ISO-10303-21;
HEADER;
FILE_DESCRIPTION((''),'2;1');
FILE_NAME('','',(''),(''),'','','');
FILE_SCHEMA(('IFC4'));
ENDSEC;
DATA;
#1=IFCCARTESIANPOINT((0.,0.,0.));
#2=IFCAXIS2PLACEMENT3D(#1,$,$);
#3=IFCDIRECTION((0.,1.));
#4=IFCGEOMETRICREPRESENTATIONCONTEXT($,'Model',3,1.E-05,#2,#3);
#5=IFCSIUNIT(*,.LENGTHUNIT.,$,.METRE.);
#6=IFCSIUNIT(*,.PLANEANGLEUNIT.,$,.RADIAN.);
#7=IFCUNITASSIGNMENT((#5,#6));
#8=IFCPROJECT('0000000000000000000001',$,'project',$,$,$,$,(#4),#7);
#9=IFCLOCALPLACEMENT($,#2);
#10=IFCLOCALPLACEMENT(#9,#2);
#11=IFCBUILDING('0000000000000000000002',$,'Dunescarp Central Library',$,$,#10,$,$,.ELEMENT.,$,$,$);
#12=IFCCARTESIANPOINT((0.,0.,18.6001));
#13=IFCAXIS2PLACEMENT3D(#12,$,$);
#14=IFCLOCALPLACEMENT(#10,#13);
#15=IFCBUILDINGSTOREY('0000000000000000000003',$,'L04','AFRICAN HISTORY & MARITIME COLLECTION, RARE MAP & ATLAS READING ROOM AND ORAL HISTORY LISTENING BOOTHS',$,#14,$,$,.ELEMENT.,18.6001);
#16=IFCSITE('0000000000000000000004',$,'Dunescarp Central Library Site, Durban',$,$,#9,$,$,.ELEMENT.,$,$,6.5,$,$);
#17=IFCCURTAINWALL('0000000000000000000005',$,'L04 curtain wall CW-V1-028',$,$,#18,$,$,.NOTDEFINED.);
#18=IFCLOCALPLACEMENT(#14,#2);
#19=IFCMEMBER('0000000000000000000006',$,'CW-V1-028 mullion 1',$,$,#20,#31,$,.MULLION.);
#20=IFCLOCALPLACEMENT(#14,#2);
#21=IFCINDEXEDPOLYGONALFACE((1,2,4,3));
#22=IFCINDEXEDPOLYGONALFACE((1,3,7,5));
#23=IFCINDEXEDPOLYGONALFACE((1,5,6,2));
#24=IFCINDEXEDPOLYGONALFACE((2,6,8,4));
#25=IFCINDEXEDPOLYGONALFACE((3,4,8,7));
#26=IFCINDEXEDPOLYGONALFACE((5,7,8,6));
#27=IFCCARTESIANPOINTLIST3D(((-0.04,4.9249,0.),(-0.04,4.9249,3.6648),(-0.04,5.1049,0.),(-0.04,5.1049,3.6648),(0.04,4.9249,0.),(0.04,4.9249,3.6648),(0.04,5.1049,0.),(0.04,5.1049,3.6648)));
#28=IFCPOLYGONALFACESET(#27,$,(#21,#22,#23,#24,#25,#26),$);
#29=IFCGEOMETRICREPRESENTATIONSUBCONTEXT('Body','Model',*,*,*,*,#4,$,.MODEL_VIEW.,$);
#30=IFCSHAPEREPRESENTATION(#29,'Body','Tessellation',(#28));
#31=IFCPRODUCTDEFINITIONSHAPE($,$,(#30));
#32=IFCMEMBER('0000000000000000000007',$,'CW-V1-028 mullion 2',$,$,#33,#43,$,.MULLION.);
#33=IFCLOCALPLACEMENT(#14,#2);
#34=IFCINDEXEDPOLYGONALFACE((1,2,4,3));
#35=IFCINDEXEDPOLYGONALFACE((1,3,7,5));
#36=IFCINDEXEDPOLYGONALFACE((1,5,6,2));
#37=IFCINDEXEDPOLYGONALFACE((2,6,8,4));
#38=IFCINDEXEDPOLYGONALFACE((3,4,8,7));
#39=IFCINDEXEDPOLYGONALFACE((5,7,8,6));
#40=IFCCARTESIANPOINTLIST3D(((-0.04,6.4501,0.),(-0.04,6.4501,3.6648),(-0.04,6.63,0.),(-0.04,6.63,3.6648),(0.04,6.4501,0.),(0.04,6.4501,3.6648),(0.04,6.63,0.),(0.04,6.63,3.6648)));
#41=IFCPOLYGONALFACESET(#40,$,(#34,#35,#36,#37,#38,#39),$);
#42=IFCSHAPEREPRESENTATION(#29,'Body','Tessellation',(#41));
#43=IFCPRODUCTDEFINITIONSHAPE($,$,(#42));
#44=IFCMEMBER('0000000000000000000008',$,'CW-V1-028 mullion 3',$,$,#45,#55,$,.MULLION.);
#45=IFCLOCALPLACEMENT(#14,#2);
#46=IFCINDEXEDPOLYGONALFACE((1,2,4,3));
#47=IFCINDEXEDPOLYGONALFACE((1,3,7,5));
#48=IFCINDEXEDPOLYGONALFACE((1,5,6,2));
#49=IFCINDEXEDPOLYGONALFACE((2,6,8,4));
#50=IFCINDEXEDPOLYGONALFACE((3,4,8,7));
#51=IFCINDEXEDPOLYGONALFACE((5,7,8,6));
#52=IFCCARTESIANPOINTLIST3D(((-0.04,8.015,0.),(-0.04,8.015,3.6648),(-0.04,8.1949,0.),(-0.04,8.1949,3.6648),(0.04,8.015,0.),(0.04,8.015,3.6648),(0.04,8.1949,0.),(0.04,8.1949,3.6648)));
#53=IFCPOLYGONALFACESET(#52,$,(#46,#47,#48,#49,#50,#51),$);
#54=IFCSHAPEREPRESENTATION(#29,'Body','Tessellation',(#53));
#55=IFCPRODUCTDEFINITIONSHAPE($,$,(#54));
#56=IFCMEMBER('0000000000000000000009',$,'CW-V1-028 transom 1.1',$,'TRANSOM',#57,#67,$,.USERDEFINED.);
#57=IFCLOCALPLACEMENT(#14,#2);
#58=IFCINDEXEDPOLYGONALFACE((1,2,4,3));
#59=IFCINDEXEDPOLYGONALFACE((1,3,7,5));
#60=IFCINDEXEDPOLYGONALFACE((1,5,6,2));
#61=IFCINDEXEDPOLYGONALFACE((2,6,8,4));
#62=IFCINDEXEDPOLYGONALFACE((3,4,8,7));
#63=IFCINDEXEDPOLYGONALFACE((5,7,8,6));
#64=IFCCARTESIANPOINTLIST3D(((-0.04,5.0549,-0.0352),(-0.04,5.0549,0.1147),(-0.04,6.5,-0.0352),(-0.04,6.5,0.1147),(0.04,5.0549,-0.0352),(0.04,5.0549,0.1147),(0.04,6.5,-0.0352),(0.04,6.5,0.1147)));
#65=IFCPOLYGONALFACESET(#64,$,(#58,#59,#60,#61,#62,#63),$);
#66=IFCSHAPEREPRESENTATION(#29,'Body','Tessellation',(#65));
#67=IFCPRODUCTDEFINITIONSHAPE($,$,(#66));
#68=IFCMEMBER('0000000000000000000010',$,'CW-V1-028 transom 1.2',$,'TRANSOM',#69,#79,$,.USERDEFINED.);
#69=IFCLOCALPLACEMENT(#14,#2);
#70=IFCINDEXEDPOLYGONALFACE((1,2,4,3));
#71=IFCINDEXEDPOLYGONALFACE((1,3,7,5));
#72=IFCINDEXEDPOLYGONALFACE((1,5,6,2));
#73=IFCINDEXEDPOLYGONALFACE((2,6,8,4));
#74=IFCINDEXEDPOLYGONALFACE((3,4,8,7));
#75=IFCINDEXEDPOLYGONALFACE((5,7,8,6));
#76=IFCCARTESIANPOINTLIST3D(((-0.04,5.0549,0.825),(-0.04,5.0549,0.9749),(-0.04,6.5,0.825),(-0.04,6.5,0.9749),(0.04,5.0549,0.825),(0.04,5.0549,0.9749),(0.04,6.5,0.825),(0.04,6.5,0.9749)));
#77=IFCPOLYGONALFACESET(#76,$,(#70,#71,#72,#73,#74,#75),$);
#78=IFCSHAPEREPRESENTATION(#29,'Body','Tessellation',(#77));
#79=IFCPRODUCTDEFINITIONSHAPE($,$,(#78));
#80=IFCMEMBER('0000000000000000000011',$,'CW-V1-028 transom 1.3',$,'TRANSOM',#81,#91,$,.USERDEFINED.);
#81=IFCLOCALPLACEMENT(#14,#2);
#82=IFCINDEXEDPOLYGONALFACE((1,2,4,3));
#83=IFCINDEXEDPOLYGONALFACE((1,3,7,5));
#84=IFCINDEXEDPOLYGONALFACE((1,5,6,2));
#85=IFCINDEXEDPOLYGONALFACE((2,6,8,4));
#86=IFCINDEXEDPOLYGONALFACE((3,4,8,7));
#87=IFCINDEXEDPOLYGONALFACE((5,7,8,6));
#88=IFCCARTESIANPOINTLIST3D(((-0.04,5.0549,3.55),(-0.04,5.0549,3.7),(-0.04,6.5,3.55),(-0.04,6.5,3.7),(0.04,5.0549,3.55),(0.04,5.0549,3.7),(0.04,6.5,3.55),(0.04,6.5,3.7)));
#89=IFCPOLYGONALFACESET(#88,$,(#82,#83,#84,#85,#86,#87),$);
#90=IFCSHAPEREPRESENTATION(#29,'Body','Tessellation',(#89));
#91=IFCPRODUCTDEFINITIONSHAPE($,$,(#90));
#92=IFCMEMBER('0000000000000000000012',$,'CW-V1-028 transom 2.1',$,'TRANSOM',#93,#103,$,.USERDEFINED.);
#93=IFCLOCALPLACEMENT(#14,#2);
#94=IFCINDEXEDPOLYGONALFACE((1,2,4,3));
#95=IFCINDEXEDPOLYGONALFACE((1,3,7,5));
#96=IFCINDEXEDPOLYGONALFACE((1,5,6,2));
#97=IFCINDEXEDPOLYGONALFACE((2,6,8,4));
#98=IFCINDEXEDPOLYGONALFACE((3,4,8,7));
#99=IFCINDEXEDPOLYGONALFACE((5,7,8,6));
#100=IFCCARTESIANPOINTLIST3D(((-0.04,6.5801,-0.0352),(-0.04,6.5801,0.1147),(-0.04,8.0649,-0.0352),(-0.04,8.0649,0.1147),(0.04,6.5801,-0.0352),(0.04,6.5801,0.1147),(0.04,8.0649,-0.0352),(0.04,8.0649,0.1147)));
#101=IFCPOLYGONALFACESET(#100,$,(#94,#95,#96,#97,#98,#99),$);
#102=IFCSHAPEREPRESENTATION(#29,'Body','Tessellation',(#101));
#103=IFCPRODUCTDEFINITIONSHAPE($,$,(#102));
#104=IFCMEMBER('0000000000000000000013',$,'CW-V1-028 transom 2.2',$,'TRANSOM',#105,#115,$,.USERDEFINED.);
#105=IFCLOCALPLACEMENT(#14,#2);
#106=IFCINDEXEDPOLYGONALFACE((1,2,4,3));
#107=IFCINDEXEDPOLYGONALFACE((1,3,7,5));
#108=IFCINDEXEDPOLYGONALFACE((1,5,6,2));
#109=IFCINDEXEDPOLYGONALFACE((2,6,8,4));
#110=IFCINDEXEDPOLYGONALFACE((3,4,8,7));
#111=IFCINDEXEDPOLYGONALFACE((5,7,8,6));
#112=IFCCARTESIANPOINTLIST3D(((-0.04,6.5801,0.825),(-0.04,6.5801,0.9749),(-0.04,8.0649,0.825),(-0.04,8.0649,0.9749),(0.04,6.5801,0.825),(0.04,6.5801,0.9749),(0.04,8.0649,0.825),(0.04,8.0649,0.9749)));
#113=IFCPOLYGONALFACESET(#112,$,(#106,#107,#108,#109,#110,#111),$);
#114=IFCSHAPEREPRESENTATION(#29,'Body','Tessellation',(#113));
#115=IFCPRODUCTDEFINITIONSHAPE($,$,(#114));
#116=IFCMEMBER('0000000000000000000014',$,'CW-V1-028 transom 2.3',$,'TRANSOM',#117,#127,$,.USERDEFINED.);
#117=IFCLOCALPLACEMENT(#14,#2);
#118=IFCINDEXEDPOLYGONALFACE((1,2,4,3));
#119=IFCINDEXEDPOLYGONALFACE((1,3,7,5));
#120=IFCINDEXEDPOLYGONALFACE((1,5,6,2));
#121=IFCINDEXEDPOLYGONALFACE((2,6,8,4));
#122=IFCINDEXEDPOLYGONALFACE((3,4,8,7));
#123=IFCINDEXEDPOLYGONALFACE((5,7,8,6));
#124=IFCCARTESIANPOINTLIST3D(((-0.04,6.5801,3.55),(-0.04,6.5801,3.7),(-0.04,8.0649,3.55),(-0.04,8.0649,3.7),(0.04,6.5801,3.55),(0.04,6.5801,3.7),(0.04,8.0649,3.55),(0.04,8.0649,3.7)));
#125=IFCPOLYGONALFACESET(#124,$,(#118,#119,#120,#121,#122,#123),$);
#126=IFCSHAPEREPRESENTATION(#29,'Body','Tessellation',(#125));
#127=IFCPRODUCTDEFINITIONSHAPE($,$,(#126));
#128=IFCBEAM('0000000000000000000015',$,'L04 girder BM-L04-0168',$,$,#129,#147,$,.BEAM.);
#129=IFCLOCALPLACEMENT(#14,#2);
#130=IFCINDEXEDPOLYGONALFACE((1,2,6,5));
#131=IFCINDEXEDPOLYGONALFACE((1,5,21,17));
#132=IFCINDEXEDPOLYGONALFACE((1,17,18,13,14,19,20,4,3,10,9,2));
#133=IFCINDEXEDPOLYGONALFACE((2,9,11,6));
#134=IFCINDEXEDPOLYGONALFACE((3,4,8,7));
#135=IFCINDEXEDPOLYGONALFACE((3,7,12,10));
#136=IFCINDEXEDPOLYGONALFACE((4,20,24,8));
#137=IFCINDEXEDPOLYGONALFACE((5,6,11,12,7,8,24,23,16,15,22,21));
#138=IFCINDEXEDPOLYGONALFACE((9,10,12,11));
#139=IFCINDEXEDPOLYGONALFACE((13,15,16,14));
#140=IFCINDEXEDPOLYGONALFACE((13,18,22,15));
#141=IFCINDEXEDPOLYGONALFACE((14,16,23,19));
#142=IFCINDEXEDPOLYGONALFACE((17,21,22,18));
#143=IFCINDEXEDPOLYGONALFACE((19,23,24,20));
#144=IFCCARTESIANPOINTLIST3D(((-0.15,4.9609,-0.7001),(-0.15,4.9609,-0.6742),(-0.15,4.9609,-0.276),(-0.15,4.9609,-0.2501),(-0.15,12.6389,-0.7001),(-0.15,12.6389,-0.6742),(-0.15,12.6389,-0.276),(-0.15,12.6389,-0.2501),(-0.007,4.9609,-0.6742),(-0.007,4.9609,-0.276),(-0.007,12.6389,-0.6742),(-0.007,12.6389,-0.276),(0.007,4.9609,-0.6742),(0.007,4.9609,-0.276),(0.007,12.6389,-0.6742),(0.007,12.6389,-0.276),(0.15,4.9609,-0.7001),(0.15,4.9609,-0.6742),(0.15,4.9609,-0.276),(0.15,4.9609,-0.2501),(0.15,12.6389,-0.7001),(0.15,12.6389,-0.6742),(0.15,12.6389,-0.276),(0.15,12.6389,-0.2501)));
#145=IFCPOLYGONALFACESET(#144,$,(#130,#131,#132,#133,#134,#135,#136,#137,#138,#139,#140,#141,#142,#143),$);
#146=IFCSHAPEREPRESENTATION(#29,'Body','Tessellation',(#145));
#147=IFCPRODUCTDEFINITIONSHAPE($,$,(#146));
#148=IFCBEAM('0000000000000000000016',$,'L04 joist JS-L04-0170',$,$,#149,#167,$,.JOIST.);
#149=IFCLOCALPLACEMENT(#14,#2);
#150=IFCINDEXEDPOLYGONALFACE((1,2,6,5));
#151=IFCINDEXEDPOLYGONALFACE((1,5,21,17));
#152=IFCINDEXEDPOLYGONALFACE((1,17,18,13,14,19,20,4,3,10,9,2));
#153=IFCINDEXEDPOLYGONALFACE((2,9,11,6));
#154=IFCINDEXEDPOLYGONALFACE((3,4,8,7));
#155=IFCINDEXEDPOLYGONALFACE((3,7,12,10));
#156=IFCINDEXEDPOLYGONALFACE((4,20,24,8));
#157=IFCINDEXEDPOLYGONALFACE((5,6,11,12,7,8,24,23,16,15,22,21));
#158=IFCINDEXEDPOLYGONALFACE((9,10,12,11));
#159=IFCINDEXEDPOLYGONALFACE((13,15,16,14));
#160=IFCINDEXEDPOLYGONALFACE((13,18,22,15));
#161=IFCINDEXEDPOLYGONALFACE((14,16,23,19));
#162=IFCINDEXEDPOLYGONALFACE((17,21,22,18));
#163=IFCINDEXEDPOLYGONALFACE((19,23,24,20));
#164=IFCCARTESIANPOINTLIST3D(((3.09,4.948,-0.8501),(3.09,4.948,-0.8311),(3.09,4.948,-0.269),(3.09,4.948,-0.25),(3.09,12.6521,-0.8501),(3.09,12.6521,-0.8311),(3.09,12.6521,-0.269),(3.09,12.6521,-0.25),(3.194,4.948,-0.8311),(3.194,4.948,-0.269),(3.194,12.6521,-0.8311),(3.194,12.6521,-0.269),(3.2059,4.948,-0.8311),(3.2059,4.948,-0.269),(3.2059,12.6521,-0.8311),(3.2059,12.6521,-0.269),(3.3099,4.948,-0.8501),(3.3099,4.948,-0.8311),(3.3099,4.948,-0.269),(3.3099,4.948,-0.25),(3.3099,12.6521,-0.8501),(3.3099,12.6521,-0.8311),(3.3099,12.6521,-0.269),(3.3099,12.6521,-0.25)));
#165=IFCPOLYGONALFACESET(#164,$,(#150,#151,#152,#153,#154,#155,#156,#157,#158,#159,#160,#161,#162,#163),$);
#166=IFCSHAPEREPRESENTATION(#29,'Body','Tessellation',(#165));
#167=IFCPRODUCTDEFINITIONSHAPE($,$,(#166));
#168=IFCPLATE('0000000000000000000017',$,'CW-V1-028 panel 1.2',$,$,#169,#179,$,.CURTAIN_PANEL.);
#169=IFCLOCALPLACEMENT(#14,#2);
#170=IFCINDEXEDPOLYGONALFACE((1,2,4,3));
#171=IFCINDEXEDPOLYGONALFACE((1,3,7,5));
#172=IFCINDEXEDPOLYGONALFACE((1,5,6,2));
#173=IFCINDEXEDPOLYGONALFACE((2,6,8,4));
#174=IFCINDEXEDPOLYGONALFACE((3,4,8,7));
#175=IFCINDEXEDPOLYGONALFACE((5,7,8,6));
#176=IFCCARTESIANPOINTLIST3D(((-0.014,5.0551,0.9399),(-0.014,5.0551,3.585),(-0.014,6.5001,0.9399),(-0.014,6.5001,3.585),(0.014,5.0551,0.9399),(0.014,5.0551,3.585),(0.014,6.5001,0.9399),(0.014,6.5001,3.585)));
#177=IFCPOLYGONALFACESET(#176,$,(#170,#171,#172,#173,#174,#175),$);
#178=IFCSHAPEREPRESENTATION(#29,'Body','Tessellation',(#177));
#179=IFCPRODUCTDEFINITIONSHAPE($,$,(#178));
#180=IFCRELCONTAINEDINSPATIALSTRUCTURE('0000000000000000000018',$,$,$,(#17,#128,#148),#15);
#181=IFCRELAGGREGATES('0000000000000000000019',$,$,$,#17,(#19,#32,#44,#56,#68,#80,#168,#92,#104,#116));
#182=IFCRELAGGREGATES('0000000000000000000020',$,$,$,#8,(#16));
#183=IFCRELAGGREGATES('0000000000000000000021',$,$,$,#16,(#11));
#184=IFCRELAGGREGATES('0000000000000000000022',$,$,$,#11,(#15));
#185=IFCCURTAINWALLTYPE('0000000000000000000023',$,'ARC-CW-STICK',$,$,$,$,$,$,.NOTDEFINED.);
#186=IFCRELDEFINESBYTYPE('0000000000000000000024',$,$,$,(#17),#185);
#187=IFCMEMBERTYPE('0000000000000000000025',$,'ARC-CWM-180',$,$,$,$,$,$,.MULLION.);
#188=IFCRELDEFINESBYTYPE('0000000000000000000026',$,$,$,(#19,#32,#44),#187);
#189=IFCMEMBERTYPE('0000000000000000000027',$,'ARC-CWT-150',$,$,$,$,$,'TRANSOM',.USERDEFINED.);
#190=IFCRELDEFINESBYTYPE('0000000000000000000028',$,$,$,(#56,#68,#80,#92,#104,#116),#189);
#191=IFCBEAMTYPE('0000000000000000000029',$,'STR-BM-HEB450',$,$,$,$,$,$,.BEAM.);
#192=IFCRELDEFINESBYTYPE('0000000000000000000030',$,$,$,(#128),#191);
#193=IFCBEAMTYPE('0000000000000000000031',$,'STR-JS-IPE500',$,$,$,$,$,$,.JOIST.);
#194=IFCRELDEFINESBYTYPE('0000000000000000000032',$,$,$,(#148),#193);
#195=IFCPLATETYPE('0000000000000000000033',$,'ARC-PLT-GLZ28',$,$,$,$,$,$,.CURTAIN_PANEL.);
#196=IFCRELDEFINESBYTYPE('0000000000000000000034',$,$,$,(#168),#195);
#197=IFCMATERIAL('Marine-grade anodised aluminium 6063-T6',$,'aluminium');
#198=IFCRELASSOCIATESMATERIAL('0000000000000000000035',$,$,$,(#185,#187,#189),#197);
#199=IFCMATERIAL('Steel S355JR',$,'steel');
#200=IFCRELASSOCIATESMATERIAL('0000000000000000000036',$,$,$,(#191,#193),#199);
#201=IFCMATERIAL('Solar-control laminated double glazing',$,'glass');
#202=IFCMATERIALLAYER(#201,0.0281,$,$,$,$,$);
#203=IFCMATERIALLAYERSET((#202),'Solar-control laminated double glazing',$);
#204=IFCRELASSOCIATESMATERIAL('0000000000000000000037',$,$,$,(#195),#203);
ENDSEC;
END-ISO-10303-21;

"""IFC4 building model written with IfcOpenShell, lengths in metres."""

from ifc_helpers import new_model, si_unit, direction, frame, origin, origin_2d, place, context, subcontext, project, spatial, rectangle, i_section, extrude, material, layer, layer_set, material_profile, profile_set, type_object, element, aggregate, save


model = new_model("IFC4")

# Units and contexts
model_context = context("Model", 3, precision=1e-05, world=origin(), true_north=direction((0.0, 1.0)))
body_context = subcontext(model_context, "Body", "Model", "MODEL_VIEW")
ifc_project = project(units=[si_unit("LENGTHUNIT", "METRE"), si_unit("PLANEANGLEUNIT", "RADIAN")], contexts=[model_context])

# Site, building, storey
site_placement = place(None, origin())
site = spatial("IfcSite", under=ifc_project, at=site_placement, Name="Dunescarp Central Library Site, Durban", CompositionType="ELEMENT", RefElevation=6.5)
building_placement = place(site_placement, origin())
building = spatial("IfcBuilding", under=site, at=building_placement, Name="Dunescarp Central Library", CompositionType="ELEMENT")
storey_placement = place(building_placement, frame((0.0, 0.0, 18.6001)))
storey = spatial("IfcBuildingStorey", under=building, at=storey_placement, Name="L04", Description="AFRICAN HISTORY & MARITIME COLLECTION, RARE MAP & ATLAS READING ROOM AND ORAL HISTORY LISTENING BOOTHS", CompositionType="ELEMENT", Elevation=18.6001)

# Curtain wall, members
ifc_material_1 = material(Name="Marine-grade anodised aluminium 6063-T6", Category="aluminium")
curtain_wall_type = type_object("IfcCurtainWallType", Name="ARC-CW-STICK", PredefinedType="NOTDEFINED", material=ifc_material_1)
curtain_wall_placement = place(storey_placement, origin())
curtain_wall = element("IfcCurtainWall", 1, at=curtain_wall_placement, inside=storey, type_object=curtain_wall_type, Name="L04 curtain wall CW-V1-028", PredefinedType="NOTDEFINED")
ifc_material_profile_1 = material_profile(ifc_material_1, rectangle(XDim=0.0801, YDim=0.1799, at=origin_2d()), Name="AL 80x180")
ifc_profile_set_1 = profile_set([ifc_material_profile_1], Name="Marine-grade anodised aluminium 6063-T6")
member_type_1 = type_object("IfcMemberType", Name="ARC-CWM-180", PredefinedType="MULLION", material=ifc_profile_set_1)
member_1_placement = place(storey_placement, frame((0.0, 5.0149, 0.0), z_axis=(0.0, 0.0, 1.0), x_axis=(-1.0, 0.0, 0.0)))
member_1 = element("IfcMember", 2, at=member_1_placement, type_object=member_type_1, Name="CW-V1-028 mullion 1", PredefinedType="MULLION", context=body_context, shape_type="SweptSolid", body=[
    extrude(rectangle(XDim=0.0801, YDim=0.1799, at=origin_2d()), origin(), (0.0, 0.0, 1.0), 3.6648),
])
member_2_placement = place(storey_placement, frame((0.0, 6.54, 0.0), z_axis=(0.0, 0.0, 1.0), x_axis=(-1.0, 0.0, 0.0)))
member_2 = element("IfcMember", 3, at=member_2_placement, type_object=member_type_1, Name="CW-V1-028 mullion 2", PredefinedType="MULLION", context=body_context, shape_type="SweptSolid", body=[
    extrude(rectangle(XDim=0.0801, YDim=0.1799, at=origin_2d()), origin(), (0.0, 0.0, 1.0), 3.6648),
])
member_3_placement = place(storey_placement, frame((0.0, 8.105, 0.0), z_axis=(0.0, 0.0, 1.0), x_axis=(-1.0, 0.0, 0.0)))
member_3 = element("IfcMember", 4, at=member_3_placement, type_object=member_type_1, Name="CW-V1-028 mullion 3", PredefinedType="MULLION", context=body_context, shape_type="SweptSolid", body=[
    extrude(rectangle(XDim=0.0801, YDim=0.1799, at=origin_2d()), origin(), (0.0, 0.0, 1.0), 3.6648),
])
ifc_material_profile_2 = material_profile(ifc_material_1, rectangle(XDim=0.0801, YDim=0.1499, at=origin_2d()), Name="AL 80x150")
ifc_profile_set_2 = profile_set([ifc_material_profile_2], Name="Marine-grade anodised aluminium 6063-T6")
member_type_2 = type_object("IfcMemberType", Name="ARC-CWT-150", ElementType="TRANSOM", PredefinedType="USERDEFINED", material=ifc_profile_set_2)
member_4_placement = place(storey_placement, frame((0.0, 5.0549, 0.0398), z_axis=(0.0, 1.0, 0.0), x_axis=(-1.0, 0.0, 0.0)))
member_4 = element("IfcMember", 5, at=member_4_placement, type_object=member_type_2, Name="CW-V1-028 transom 1.1", ObjectType="TRANSOM", PredefinedType="USERDEFINED", context=body_context, shape_type="SweptSolid", body=[
    extrude(rectangle(XDim=0.0801, YDim=0.1499, at=origin_2d()), origin(), (0.0, 0.0, 1.0), 1.4451),
])
member_5_placement = place(storey_placement, frame((0.0, 5.0549, 0.8999), z_axis=(0.0, 1.0, 0.0), x_axis=(-1.0, 0.0, 0.0)))
member_5 = element("IfcMember", 6, at=member_5_placement, type_object=member_type_2, Name="CW-V1-028 transom 1.2", ObjectType="TRANSOM", PredefinedType="USERDEFINED", context=body_context, shape_type="SweptSolid", body=[
    extrude(rectangle(XDim=0.0801, YDim=0.1499, at=origin_2d()), origin(), (0.0, 0.0, 1.0), 1.4451),
])
member_6_placement = place(storey_placement, frame((0.0, 5.0549, 3.625), z_axis=(0.0, 1.0, 0.0), x_axis=(-1.0, 0.0, 0.0)))
member_6 = element("IfcMember", 7, at=member_6_placement, type_object=member_type_2, Name="CW-V1-028 transom 1.3", ObjectType="TRANSOM", PredefinedType="USERDEFINED", context=body_context, shape_type="SweptSolid", body=[
    extrude(rectangle(XDim=0.0801, YDim=0.1499, at=origin_2d()), origin(), (0.0, 0.0, 1.0), 1.4451),
])
member_7_placement = place(storey_placement, frame((0.0, 6.5801, 0.0398), z_axis=(0.0, 1.0, 0.0), x_axis=(-1.0, 0.0, 0.0)))
member_7 = element("IfcMember", 8, at=member_7_placement, type_object=member_type_2, Name="CW-V1-028 transom 2.1", ObjectType="TRANSOM", PredefinedType="USERDEFINED", context=body_context, shape_type="SweptSolid", body=[
    extrude(rectangle(XDim=0.0801, YDim=0.1499, at=origin_2d()), origin(), (0.0, 0.0, 1.0), 1.4849),
])
member_8_placement = place(storey_placement, frame((0.0, 6.5801, 0.8999), z_axis=(0.0, 1.0, 0.0), x_axis=(-1.0, 0.0, 0.0)))
member_8 = element("IfcMember", 9, at=member_8_placement, type_object=member_type_2, Name="CW-V1-028 transom 2.2", ObjectType="TRANSOM", PredefinedType="USERDEFINED", context=body_context, shape_type="SweptSolid", body=[
    extrude(rectangle(XDim=0.0801, YDim=0.1499, at=origin_2d()), origin(), (0.0, 0.0, 1.0), 1.4849),
])
member_9_placement = place(storey_placement, frame((0.0, 6.5801, 3.625), z_axis=(0.0, 1.0, 0.0), x_axis=(-1.0, 0.0, 0.0)))
member_9 = element("IfcMember", 10, at=member_9_placement, type_object=member_type_2, Name="CW-V1-028 transom 2.3", ObjectType="TRANSOM", PredefinedType="USERDEFINED", context=body_context, shape_type="SweptSolid", body=[
    extrude(rectangle(XDim=0.0801, YDim=0.1499, at=origin_2d()), origin(), (0.0, 0.0, 1.0), 1.4849),
])

# Beams
ifc_material_2 = material(Name="Steel S355JR", Category="steel")
ifc_material_profile_3 = material_profile(ifc_material_2, i_section(OverallWidth=0.3, OverallDepth=0.45, WebThickness=0.0139, FlangeThickness=0.0259, at=origin_2d()), Name="HEB 450")
ifc_profile_set_3 = profile_set([ifc_material_profile_3], Name="Steel S355JR")
beam_type_1 = type_object("IfcBeamType", Name="STR-BM-HEB450", PredefinedType="BEAM", material=ifc_profile_set_3)
beam_1_placement = place(storey_placement, frame((0.0, 4.9609, -0.4751), z_axis=(0.0, 1.0, 0.0), x_axis=(-1.0, 0.0, 0.0)))
element("IfcBeam", 11, at=beam_1_placement, inside=storey, type_object=beam_type_1, Name="L04 girder BM-L04-0168", PredefinedType="BEAM", context=body_context, shape_type="SweptSolid", body=[
    extrude(i_section(OverallWidth=0.3, OverallDepth=0.45, WebThickness=0.0139, FlangeThickness=0.0259, at=origin_2d()), origin(), (0.0, 0.0, 1.0), 7.678),
])
ifc_material_profile_4 = material_profile(ifc_material_2, i_section(OverallWidth=0.22, OverallDepth=0.6001, WebThickness=0.012, FlangeThickness=0.019, at=origin_2d()), Name="IPE 600")
ifc_profile_set_4 = profile_set([ifc_material_profile_4], Name="Steel S355JR")
beam_type_2 = type_object("IfcBeamType", Name="STR-JS-IPE500", PredefinedType="JOIST", material=ifc_profile_set_4)
beam_2_placement = place(storey_placement, frame((3.2, 4.948, -0.55), z_axis=(0.0, 1.0, 0.0), x_axis=(-1.0, 0.0, 0.0)))
element("IfcBeam", 12, at=beam_2_placement, inside=storey, type_object=beam_type_2, Name="L04 joist JS-L04-0170", PredefinedType="JOIST", context=body_context, shape_type="SweptSolid", body=[
    extrude(i_section(OverallWidth=0.22, OverallDepth=0.6001, WebThickness=0.012, FlangeThickness=0.019, at=origin_2d()), origin(), (0.0, 0.0, 1.0), 7.7041),
])

# Plate
ifc_material_3 = material(Name="Solar-control laminated double glazing", Category="glass")
ifc_layer_1 = layer(ifc_material_3, 0.0281)
ifc_layer_set_1 = layer_set([ifc_layer_1], Name="Solar-control laminated double glazing")
plate_type_1 = type_object("IfcPlateType", Name="ARC-PLT-GLZ28", PredefinedType="CURTAIN_PANEL", material=ifc_layer_set_1)
plate_1_placement = place(storey_placement, frame((0.0, 5.7776, 0.9399), z_axis=(0.0, 0.0, 1.0), x_axis=(0.0, 1.0, 0.0)))
plate_1 = element("IfcPlate", 13, at=plate_1_placement, type_object=plate_type_1, Name="CW-V1-028 panel 1.2", PredefinedType="CURTAIN_PANEL", context=body_context, shape_type="SweptSolid", body=[
    extrude(rectangle(XDim=1.4451, YDim=0.0281, at=origin_2d()), origin(), (0.0, 0.0, 1.0), 2.645),
])
aggregate(curtain_wall, [member_1, member_2, member_3, member_4, member_5, member_6, plate_1, member_7, member_8, member_9])

save(model, "model.ifc")
